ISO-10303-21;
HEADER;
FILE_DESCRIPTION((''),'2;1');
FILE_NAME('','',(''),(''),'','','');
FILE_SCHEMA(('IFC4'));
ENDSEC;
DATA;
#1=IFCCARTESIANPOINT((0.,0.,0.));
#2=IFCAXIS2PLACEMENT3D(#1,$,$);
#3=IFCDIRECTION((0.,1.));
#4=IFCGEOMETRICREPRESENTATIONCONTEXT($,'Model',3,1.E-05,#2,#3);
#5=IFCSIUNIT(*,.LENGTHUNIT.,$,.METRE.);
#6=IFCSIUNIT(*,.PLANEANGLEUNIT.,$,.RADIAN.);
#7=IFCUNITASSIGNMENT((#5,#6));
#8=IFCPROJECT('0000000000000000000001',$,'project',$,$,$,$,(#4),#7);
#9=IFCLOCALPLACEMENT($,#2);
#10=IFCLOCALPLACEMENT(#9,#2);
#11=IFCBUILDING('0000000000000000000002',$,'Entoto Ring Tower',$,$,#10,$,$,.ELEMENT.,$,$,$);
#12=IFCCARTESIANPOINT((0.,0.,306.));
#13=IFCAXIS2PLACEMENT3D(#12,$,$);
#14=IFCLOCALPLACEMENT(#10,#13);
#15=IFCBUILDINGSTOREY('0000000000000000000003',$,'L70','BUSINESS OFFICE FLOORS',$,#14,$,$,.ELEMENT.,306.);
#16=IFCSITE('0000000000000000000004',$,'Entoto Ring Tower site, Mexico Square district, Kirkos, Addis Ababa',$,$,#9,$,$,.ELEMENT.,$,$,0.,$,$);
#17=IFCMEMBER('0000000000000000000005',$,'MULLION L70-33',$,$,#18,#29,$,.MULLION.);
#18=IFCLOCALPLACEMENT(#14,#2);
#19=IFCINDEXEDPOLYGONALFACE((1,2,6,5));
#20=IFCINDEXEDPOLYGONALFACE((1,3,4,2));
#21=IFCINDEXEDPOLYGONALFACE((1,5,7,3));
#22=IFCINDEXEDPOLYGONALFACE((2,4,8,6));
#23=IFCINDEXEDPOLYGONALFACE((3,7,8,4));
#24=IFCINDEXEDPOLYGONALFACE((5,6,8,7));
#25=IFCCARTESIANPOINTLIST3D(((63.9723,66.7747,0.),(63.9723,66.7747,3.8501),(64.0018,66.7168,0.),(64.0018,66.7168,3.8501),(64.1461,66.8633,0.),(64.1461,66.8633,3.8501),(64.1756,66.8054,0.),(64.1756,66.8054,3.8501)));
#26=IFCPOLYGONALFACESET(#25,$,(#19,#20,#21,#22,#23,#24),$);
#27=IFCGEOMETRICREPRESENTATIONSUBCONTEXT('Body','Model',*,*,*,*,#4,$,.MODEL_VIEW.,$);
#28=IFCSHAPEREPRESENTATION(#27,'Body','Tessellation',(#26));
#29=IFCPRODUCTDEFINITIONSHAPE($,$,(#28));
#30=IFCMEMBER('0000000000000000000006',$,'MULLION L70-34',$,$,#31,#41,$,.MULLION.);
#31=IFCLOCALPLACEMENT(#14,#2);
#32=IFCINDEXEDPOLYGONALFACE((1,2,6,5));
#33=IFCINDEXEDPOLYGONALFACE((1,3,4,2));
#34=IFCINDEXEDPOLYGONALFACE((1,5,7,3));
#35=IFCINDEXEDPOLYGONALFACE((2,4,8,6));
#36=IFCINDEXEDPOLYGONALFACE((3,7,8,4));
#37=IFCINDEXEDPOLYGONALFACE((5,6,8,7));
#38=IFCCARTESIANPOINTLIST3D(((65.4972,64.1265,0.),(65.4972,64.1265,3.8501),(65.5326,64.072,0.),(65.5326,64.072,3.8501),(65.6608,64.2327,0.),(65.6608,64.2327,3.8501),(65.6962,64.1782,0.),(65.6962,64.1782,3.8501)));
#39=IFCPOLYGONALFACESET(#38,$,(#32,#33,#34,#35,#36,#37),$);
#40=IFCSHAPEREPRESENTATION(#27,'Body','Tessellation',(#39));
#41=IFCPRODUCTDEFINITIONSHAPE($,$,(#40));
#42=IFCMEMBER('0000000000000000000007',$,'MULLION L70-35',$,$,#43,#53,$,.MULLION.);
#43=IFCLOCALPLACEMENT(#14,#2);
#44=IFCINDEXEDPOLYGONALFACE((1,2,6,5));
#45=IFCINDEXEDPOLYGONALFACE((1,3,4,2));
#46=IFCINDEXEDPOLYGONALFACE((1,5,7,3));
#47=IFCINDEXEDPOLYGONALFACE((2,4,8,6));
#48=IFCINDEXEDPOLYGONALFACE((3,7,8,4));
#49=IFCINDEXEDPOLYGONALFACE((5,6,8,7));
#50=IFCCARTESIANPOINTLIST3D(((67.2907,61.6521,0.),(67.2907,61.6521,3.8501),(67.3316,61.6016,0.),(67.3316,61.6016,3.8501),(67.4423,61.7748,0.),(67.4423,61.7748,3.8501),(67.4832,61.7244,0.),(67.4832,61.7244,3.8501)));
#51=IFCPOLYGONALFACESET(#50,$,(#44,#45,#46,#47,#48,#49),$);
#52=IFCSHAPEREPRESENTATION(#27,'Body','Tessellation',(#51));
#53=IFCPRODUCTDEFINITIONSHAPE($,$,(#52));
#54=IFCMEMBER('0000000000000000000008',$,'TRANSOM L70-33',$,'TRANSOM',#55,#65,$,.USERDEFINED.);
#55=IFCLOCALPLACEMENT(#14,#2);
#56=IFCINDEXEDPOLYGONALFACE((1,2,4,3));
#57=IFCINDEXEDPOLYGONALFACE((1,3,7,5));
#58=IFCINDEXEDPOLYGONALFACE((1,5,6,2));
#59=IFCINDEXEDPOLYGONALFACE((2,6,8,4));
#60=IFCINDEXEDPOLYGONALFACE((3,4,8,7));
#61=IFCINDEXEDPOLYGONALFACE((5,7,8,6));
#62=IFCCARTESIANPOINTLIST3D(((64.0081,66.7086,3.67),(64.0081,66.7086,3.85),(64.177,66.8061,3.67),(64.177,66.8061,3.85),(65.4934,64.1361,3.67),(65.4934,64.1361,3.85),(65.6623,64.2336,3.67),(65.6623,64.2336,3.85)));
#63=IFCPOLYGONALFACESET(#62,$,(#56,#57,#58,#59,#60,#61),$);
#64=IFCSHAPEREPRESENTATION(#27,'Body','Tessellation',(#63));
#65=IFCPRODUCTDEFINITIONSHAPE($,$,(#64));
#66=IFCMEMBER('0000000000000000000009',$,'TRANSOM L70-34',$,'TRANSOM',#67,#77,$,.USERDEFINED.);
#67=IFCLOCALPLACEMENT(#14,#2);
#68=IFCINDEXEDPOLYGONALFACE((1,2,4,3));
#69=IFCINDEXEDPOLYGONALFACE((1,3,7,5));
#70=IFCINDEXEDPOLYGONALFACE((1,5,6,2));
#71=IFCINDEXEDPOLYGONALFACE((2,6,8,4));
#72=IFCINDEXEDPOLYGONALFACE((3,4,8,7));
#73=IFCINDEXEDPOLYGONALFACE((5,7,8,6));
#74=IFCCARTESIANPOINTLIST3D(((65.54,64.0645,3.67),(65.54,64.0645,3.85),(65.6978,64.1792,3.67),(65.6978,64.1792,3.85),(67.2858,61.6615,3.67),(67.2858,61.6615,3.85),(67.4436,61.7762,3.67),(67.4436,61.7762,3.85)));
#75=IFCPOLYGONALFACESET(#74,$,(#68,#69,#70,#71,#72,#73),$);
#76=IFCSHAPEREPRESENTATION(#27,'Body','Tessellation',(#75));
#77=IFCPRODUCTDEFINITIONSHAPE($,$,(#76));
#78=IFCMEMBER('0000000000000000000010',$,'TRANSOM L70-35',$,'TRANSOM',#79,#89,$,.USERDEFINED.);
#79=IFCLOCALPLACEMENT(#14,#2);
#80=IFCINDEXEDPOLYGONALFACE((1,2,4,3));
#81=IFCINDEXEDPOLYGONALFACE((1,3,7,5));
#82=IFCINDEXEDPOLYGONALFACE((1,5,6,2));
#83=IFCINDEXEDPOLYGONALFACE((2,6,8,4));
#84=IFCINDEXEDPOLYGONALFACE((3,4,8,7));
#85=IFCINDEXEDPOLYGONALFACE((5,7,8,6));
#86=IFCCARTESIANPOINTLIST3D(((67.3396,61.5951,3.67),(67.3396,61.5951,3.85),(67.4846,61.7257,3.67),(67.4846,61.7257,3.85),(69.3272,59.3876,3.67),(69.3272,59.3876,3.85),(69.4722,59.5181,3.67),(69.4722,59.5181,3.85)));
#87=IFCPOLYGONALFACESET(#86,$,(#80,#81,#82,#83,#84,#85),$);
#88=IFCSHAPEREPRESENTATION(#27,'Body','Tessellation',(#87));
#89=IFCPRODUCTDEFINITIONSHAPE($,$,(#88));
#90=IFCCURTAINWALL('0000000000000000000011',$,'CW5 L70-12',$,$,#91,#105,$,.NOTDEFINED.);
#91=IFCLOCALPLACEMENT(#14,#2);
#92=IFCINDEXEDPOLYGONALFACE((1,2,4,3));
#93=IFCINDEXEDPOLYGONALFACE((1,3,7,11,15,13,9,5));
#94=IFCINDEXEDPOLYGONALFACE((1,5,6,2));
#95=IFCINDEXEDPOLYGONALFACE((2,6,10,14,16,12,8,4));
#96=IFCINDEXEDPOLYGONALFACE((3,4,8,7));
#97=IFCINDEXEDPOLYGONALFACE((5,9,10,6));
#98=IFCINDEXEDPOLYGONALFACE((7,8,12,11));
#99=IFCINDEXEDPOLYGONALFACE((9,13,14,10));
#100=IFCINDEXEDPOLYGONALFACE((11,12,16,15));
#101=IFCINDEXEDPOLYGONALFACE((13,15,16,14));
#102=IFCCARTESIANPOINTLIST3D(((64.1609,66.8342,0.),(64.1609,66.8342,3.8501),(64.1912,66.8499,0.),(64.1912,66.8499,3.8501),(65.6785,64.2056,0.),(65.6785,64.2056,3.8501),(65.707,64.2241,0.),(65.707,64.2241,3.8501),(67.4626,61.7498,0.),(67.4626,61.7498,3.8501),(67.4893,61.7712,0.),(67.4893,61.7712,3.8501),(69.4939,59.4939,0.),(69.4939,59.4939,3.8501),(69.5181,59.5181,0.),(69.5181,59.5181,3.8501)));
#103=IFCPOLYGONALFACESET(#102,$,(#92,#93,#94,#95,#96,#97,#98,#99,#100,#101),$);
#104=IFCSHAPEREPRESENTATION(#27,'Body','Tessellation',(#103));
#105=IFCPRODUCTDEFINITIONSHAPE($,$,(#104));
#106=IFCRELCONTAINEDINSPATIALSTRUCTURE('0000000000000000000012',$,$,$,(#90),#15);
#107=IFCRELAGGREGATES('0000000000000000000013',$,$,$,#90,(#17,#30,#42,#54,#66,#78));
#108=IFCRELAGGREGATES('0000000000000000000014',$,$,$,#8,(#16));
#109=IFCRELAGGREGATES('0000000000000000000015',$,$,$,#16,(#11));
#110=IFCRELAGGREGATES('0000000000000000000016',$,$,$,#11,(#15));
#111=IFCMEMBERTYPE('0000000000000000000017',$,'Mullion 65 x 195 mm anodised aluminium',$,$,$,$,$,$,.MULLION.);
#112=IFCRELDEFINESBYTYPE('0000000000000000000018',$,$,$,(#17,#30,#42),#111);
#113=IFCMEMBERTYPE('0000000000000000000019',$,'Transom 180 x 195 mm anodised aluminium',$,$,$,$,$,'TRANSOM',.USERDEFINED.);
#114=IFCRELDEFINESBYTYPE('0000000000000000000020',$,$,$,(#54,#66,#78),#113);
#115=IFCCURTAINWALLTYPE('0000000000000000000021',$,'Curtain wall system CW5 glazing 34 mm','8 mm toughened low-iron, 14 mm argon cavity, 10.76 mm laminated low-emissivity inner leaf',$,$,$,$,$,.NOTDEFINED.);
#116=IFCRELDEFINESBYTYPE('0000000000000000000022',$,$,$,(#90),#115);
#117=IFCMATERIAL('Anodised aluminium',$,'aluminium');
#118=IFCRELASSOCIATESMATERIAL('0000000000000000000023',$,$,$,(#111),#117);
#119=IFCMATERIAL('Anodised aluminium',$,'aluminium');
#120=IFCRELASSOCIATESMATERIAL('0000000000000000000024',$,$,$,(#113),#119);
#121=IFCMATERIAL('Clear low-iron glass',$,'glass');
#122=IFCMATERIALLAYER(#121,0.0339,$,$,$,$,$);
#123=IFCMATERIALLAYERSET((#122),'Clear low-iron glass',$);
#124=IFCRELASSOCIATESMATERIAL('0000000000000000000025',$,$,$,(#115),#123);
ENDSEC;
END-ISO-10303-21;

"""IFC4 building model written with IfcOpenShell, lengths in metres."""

from ifc_helpers import new_model, si_unit, direction, frame, origin, origin_2d, place, context, subcontext, project, spatial, polyline, rectangle, outline, extrude, material, layer, layer_set, material_profile, profile_set, type_object, element, aggregate, save


model = new_model("IFC4")

# Units and contexts
model_context = context("Model", 3, precision=1e-05, world=origin(), true_north=direction((0.0, 1.0)))
body_context = subcontext(model_context, "Body", "Model", "MODEL_VIEW")
ifc_project = project(units=[si_unit("LENGTHUNIT", "METRE"), si_unit("PLANEANGLEUNIT", "RADIAN")], contexts=[model_context])

# Members
ifc_material_1 = material(Name="Anodised aluminium", Category="aluminium")
ifc_material_profile_1 = material_profile(ifc_material_1, rectangle(XDim=0.0649, YDim=0.1951, at=origin_2d()), Name="Mullion 65 x 195 mm anodised aluminium")
ifc_profile_set_1 = profile_set([ifc_material_profile_1], Name="Anodised aluminium")
member_type_1 = type_object("IfcMemberType", Name="Mullion 65 x 195 mm anodised aluminium", PredefinedType="MULLION", material=ifc_profile_set_1)
site_placement = place(None, origin())
building_placement = place(site_placement, origin())
storey_placement = place(building_placement, frame((0.0, 0.0, 306.0)))
member_1_placement = place(storey_placement, frame((64.074, 66.79, 0.0), z_axis=(0.0, 0.0, 1.0), x_axis=(0.45399, -0.891007, 0.0)))
member_1 = element("IfcMember", 1, at=member_1_placement, type_object=member_type_1, Name="MULLION L70-33", PredefinedType="MULLION", context=body_context, shape_type="SweptSolid", body=[
    extrude(rectangle(XDim=0.0649, YDim=0.1951, at=origin_2d()), origin(), (0.0, 0.0, 1.0), 3.8501),
])
member_2_placement = place(storey_placement, frame((65.5967, 64.1523, 0.0), z_axis=(0.0, 0.0, 1.0), x_axis=(0.544639, -0.838671, 0.0)))
member_2 = element("IfcMember", 2, at=member_2_placement, type_object=member_type_1, Name="MULLION L70-34", PredefinedType="MULLION", context=body_context, shape_type="SweptSolid", body=[
    extrude(rectangle(XDim=0.0649, YDim=0.1951, at=origin_2d()), origin(), (0.0, 0.0, 1.0), 3.8501),
])
member_3_placement = place(storey_placement, frame((67.387, 61.6882, 0.0), z_axis=(0.0, 0.0, 1.0), x_axis=(0.62932, -0.777146, 0.0)))
member_3 = element("IfcMember", 3, at=member_3_placement, type_object=member_type_1, Name="MULLION L70-35", PredefinedType="MULLION", context=body_context, shape_type="SweptSolid", body=[
    extrude(rectangle(XDim=0.0649, YDim=0.1951, at=origin_2d()), origin(), (0.0, 0.0, 1.0), 3.8501),
])
ifc_material_2 = material(Name="Anodised aluminium", Category="aluminium")
ifc_material_profile_2 = material_profile(ifc_material_2, rectangle(XDim=0.1951, YDim=0.1799, at=origin_2d()), Name="Transom 180 x 195 mm anodised aluminium")
ifc_profile_set_2 = profile_set([ifc_material_profile_2], Name="Anodised aluminium")
member_type_2 = type_object("IfcMemberType", Name="Transom 180 x 195 mm anodised aluminium", ElementType="TRANSOM", PredefinedType="USERDEFINED", material=ifc_profile_set_2)
member_4_placement = place(storey_placement, frame((64.0925, 66.7573, 3.76), z_axis=(0.500028, -0.866009, 0.0), x_axis=(0.866009, 0.500028, 0.0)))
member_4 = element("IfcMember", 4, at=member_4_placement, type_object=member_type_2, Name="TRANSOM L70-33", ObjectType="TRANSOM", PredefinedType="USERDEFINED", context=body_context, shape_type="SweptSolid", body=[
    extrude(rectangle(XDim=0.1951, YDim=0.1799, at=origin_2d()), origin(), (0.0, 0.0, 1.0), 2.9705),
])
member_5_placement = place(storey_placement, frame((65.6189, 64.1218, 3.76), z_axis=(0.587766, -0.809031, 0.0), x_axis=(0.809031, 0.587766, 0.0)))
member_5 = element("IfcMember", 5, at=member_5_placement, type_object=member_type_2, Name="TRANSOM L70-34", ObjectType="TRANSOM", PredefinedType="USERDEFINED", context=body_context, shape_type="SweptSolid", body=[
    extrude(rectangle(XDim=0.1951, YDim=0.1799, at=origin_2d()), origin(), (0.0, 0.0, 1.0), 2.9702),
])
member_6_placement = place(storey_placement, frame((67.4121, 61.6604, 3.76), z_axis=(0.66911, -0.743163, 0.0), x_axis=(0.743163, 0.66911, 0.0)))
member_6 = element("IfcMember", 6, at=member_6_placement, type_object=member_type_2, Name="TRANSOM L70-35", ObjectType="TRANSOM", PredefinedType="USERDEFINED", context=body_context, shape_type="SweptSolid", body=[
    extrude(rectangle(XDim=0.1951, YDim=0.1799, at=origin_2d()), origin(), (0.0, 0.0, 1.0), 2.9705),
])

# Site, building, storey
site = spatial("IfcSite", under=ifc_project, at=site_placement, Name="Entoto Ring Tower site, Mexico Square district, Kirkos, Addis Ababa", CompositionType="ELEMENT", RefElevation=0.0)
building = spatial("IfcBuilding", under=site, at=building_placement, Name="Entoto Ring Tower", CompositionType="ELEMENT")
storey = spatial("IfcBuildingStorey", under=building, at=storey_placement, Name="L70", Description="BUSINESS OFFICE FLOORS", CompositionType="ELEMENT", Elevation=306.0)

# Curtain wall
ifc_material_3 = material(Name="Clear low-iron glass", Category="glass")
ifc_layer = layer(ifc_material_3, 0.0339)
ifc_layer_set = layer_set([ifc_layer], Name="Clear low-iron glass")
curtain_wall_type = type_object("IfcCurtainWallType", Name="Curtain wall system CW5 glazing 34 mm", Description="8 mm toughened low-iron, 14 mm argon cavity, 10.76 mm laminated low-emissivity inner leaf", PredefinedType="NOTDEFINED", material=ifc_layer_set)
curtain_wall_1_placement = place(storey_placement, origin())
curtain_wall_1 = element("IfcCurtainWall", 7, at=curtain_wall_1_placement, inside=storey, type_object=curtain_wall_type, Name="CW5 L70-12", PredefinedType="NOTDEFINED", context=body_context, shape_type="SweptSolid", body=[
    extrude(outline(polyline([(64.1609, 66.8342), (65.6785, 64.2056), (67.4626, 61.7498), (69.4939, 59.4939), (69.5181, 59.5181), (67.4893, 61.7712), (65.707, 64.2241), (64.1912, 66.8499), (64.1609, 66.8342)])), origin(), (0.0, 0.0, 1.0), 3.8501),
])
aggregate(curtain_wall_1, [member_1, member_2, member_3, member_4, member_5, member_6])

save(model, "model.ifc")
